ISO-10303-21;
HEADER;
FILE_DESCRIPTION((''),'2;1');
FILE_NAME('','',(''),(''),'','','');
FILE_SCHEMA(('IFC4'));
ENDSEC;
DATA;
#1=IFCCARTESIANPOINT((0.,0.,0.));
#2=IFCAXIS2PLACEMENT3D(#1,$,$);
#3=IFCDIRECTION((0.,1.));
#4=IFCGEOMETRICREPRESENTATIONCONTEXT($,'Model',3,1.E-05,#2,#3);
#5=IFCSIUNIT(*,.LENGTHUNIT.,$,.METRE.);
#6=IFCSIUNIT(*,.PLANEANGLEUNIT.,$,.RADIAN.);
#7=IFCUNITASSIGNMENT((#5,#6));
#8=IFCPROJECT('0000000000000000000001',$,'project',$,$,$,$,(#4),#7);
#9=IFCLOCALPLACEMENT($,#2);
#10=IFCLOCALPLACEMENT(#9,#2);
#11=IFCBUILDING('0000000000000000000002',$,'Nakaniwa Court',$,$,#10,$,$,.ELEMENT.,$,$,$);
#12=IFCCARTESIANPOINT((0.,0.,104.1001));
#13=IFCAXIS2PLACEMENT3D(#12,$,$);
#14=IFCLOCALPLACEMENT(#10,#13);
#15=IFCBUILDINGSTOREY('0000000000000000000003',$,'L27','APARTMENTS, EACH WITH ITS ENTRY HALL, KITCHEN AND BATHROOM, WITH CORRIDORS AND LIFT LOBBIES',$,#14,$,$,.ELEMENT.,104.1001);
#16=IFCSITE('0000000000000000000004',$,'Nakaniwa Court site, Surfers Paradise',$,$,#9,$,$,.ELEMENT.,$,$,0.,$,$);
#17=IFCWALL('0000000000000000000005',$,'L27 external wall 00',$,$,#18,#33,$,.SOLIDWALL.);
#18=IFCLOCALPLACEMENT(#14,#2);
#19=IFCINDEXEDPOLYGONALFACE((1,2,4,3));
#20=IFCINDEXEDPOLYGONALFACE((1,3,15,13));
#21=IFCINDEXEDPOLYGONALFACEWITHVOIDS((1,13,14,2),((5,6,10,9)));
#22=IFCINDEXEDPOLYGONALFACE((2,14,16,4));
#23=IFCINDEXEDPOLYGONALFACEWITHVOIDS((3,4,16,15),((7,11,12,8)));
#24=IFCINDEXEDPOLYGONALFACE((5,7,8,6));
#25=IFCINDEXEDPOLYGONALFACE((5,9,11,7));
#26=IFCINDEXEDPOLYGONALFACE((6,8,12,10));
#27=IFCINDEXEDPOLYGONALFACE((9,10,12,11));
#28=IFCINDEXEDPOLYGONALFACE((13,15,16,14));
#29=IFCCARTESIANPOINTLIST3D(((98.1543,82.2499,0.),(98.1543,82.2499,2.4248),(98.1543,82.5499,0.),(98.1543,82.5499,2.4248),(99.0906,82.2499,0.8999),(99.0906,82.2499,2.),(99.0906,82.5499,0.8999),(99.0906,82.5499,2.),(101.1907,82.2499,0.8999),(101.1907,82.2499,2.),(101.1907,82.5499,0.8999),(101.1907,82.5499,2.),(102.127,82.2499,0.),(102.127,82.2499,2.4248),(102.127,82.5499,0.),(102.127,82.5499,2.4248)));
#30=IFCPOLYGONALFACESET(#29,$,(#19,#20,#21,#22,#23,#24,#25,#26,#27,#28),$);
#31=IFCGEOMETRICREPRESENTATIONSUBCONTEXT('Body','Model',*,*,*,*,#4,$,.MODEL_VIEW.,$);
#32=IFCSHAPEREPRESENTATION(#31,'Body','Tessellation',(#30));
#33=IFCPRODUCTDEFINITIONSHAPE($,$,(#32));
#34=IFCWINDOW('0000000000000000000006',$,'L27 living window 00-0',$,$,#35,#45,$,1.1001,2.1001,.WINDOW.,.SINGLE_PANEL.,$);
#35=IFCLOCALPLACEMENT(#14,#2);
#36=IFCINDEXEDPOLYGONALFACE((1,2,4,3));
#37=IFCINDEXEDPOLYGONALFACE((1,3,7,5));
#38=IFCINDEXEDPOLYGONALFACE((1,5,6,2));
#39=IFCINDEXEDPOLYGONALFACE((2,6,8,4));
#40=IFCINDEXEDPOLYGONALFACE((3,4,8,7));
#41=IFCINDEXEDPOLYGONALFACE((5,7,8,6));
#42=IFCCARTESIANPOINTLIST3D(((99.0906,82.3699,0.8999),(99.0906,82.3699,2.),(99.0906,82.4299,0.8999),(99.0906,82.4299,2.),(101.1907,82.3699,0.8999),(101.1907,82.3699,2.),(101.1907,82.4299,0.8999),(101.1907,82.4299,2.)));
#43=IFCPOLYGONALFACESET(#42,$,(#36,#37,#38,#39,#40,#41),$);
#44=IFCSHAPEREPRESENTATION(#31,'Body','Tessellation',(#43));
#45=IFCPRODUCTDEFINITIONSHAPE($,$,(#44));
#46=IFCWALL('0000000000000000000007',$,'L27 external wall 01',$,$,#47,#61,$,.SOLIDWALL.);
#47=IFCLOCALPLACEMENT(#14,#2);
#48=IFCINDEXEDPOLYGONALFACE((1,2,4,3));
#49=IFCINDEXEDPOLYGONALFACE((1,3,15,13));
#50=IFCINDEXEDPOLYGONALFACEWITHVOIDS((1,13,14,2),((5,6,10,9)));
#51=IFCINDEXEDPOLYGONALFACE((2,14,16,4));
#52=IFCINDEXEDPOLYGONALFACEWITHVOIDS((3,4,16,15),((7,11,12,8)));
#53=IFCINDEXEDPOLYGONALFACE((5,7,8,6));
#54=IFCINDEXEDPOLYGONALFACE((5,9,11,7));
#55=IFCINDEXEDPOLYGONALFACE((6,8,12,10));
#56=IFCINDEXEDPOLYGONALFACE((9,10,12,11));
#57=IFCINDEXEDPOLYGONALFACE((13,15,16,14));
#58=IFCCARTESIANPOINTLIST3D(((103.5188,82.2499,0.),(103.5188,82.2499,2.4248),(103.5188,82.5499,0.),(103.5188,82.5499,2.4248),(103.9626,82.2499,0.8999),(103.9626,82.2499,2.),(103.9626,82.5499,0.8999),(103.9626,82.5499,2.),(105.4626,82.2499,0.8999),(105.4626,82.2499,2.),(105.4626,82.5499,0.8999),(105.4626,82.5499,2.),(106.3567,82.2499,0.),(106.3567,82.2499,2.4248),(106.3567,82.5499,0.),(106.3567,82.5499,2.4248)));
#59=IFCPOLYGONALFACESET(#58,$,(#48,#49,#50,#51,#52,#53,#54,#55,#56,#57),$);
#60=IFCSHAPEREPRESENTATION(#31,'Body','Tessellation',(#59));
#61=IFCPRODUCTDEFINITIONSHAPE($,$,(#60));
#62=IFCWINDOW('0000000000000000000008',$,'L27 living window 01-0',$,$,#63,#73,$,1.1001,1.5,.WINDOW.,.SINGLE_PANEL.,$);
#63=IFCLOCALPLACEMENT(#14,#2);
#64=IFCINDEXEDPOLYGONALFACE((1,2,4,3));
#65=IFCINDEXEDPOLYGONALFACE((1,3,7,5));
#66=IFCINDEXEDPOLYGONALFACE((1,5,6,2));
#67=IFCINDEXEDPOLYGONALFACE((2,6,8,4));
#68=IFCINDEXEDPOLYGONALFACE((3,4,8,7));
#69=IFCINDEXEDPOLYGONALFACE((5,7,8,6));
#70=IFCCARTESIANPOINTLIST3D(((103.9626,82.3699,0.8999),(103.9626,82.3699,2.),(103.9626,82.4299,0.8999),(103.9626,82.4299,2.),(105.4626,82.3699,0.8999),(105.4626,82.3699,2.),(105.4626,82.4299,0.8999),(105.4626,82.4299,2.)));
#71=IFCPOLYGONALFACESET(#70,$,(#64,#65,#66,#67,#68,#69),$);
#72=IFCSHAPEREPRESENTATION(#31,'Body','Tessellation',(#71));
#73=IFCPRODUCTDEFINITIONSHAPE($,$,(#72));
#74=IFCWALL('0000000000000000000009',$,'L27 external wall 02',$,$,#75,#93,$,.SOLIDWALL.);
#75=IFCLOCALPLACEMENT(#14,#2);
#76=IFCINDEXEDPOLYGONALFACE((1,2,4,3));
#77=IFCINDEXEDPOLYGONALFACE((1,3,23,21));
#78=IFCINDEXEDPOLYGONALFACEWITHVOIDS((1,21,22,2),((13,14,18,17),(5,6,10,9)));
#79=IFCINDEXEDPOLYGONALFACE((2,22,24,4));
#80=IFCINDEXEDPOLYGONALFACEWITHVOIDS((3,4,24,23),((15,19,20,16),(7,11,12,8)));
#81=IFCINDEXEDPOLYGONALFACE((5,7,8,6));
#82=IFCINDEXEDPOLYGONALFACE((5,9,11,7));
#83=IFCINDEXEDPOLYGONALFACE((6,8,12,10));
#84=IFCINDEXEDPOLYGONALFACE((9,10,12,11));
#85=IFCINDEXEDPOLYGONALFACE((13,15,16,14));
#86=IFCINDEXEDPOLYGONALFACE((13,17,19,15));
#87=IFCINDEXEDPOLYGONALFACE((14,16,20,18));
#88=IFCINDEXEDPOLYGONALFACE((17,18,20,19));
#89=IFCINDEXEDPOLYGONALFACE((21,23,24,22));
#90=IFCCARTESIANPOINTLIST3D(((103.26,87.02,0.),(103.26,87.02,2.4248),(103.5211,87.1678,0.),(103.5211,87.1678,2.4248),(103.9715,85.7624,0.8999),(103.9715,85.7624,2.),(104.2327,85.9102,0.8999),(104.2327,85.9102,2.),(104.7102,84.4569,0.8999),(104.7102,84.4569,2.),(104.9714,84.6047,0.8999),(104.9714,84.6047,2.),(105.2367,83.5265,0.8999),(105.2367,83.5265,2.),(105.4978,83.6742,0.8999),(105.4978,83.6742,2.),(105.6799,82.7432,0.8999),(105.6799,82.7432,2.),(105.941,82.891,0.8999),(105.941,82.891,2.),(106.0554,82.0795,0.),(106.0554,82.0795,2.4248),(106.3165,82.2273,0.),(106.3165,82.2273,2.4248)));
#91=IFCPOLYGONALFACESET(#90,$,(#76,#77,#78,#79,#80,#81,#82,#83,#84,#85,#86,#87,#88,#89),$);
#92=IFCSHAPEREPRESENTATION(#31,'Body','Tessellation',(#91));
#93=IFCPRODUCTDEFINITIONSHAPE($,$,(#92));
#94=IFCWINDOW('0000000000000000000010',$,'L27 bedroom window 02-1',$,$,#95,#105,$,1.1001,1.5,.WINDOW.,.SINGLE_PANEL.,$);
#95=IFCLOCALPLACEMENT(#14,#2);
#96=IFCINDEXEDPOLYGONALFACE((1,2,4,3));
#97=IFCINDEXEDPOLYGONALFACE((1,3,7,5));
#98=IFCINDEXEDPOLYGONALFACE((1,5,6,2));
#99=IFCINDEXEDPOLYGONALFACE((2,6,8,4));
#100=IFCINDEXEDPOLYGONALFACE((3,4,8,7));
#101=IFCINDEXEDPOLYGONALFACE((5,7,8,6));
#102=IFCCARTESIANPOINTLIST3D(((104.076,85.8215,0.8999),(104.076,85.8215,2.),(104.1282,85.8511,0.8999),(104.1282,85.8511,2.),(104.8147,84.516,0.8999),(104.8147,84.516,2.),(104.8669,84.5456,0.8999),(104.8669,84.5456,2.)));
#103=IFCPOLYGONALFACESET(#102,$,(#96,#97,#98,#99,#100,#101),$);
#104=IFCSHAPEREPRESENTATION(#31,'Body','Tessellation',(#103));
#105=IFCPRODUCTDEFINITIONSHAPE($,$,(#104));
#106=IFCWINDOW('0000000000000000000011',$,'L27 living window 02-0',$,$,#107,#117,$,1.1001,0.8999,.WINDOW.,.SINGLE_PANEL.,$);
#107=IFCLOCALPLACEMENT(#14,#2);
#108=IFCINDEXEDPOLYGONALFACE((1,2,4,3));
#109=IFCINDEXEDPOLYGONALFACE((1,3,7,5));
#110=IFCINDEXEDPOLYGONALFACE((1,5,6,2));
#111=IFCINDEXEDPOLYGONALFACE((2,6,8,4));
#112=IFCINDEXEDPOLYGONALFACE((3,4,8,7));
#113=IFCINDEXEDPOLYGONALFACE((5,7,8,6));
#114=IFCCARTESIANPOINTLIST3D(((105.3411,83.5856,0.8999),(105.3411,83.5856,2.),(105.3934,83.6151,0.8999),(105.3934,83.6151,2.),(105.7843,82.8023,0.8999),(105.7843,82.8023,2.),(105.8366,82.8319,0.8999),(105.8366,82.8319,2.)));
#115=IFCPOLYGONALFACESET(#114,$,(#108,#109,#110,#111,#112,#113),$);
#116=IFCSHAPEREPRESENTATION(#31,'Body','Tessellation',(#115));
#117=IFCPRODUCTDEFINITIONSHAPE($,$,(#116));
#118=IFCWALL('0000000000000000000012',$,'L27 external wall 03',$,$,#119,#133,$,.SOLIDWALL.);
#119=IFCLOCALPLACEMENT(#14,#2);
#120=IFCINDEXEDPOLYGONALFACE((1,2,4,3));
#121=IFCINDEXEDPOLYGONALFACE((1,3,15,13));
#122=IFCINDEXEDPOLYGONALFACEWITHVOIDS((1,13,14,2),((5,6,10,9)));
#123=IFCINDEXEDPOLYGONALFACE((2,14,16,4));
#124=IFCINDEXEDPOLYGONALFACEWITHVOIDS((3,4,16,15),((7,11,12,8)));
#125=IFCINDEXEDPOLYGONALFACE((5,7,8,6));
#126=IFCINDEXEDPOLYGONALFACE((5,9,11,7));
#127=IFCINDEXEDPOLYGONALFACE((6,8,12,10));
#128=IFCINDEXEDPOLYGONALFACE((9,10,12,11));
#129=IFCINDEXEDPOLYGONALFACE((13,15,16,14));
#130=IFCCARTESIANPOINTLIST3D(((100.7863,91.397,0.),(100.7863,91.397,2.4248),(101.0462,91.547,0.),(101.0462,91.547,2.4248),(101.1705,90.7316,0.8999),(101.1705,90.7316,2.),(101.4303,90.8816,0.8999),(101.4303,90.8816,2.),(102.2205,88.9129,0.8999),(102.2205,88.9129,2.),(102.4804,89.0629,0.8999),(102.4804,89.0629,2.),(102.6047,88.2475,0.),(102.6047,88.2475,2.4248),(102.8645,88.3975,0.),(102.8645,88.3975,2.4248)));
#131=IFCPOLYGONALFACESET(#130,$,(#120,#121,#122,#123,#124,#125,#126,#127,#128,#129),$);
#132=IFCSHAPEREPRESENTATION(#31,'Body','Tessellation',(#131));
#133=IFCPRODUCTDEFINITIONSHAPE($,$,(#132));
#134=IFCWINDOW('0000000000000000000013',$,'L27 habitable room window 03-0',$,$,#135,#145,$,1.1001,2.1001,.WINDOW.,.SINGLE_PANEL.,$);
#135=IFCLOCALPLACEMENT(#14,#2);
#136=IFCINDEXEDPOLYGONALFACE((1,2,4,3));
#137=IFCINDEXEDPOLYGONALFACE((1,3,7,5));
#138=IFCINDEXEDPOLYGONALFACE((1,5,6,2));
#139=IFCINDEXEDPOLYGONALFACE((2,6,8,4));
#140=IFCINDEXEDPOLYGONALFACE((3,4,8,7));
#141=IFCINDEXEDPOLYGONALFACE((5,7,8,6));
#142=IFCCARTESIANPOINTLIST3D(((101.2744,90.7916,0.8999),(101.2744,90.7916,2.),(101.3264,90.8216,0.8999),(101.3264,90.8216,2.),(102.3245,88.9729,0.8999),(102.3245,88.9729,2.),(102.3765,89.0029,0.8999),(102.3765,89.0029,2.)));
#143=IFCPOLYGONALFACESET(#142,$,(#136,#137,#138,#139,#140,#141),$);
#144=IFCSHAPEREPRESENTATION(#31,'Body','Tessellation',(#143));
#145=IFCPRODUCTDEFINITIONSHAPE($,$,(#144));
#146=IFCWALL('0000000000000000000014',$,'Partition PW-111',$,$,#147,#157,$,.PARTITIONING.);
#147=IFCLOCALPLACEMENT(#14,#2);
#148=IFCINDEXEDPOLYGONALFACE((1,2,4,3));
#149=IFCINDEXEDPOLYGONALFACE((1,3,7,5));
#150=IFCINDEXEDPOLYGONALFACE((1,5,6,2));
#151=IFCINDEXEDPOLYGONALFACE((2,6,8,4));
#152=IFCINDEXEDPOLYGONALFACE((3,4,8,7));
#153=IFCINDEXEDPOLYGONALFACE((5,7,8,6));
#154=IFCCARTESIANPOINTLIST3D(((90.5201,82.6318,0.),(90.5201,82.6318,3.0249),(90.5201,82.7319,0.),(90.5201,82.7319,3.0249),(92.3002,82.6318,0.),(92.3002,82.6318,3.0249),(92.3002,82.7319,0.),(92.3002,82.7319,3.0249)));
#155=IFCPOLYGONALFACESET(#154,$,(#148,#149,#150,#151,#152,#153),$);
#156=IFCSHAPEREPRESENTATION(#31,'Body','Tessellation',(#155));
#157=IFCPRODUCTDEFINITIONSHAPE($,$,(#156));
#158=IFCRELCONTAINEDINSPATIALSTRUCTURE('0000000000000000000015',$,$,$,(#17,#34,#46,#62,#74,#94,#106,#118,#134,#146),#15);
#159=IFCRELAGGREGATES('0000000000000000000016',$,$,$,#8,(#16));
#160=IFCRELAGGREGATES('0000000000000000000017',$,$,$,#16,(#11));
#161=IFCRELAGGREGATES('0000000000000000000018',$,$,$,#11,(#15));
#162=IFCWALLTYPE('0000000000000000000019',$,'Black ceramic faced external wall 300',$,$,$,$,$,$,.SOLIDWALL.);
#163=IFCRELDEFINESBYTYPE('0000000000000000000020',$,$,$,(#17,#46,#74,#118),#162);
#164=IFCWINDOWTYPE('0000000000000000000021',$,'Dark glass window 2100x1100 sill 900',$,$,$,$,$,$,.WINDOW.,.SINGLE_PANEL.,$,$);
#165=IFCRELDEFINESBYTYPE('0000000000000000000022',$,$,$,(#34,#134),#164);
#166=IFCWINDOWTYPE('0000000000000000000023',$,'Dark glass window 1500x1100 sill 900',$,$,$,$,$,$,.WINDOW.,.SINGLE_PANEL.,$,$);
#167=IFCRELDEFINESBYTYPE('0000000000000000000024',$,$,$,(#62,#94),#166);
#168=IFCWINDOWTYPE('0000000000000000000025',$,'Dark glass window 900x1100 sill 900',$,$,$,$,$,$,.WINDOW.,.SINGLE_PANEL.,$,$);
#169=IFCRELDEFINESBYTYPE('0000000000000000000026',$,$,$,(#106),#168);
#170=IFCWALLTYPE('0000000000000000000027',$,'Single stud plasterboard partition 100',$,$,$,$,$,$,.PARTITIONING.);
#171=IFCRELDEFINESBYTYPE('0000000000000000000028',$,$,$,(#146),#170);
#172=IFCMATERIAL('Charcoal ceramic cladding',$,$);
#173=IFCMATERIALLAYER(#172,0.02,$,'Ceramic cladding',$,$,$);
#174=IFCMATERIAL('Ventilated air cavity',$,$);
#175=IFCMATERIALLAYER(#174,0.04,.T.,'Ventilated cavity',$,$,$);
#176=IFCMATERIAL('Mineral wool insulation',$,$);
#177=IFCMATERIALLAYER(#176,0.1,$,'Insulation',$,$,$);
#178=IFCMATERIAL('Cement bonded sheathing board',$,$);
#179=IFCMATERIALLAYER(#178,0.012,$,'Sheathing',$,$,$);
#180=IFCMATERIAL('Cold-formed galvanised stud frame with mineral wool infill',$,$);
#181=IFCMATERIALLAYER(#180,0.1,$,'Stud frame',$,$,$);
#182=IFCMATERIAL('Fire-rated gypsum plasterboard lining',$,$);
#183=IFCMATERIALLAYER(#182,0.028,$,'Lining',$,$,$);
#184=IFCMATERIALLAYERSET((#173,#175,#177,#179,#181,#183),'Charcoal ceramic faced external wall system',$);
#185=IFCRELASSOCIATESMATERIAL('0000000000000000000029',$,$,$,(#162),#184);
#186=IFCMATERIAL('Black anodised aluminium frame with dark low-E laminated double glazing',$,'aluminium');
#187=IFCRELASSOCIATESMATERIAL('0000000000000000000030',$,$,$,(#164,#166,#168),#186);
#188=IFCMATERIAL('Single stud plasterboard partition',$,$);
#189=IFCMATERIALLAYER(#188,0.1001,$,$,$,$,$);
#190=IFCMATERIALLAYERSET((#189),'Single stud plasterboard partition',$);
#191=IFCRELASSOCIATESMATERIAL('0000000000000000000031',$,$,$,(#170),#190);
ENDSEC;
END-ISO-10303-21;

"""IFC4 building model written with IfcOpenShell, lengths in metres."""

from ifc_helpers import new_model, si_unit, direction, frame, frame_2d, origin, place, context, subcontext, project, spatial, rectangle, extrude, material, layer, layer_set, type_object, element, fill, save


model = new_model("IFC4")

# Units and contexts
model_context = context("Model", 3, precision=1e-05, world=origin(), true_north=direction((0.0, 1.0)))
body_context = subcontext(model_context, "Body", "Model", "MODEL_VIEW")
ifc_project = project(units=[si_unit("LENGTHUNIT", "METRE"), si_unit("PLANEANGLEUNIT", "RADIAN")], contexts=[model_context])

# Site, building, storey
site_placement = place(None, origin())
site = spatial("IfcSite", under=ifc_project, at=site_placement, Name="Nakaniwa Court site, Surfers Paradise", CompositionType="ELEMENT", RefElevation=0.0)
building_placement = place(site_placement, origin())
building = spatial("IfcBuilding", under=site, at=building_placement, Name="Nakaniwa Court", CompositionType="ELEMENT")
storey_placement = place(building_placement, frame((0.0, 0.0, 104.1001)))
storey = spatial("IfcBuildingStorey", under=building, at=storey_placement, Name="L27", Description="APARTMENTS, EACH WITH ITS ENTRY HALL, KITCHEN AND BATHROOM, WITH CORRIDORS AND LIFT LOBBIES", CompositionType="ELEMENT", Elevation=104.1001)

# Walls, openings, windows
ifc_material_1 = material(Name="Charcoal ceramic cladding")
ifc_layer_1 = layer(ifc_material_1, 0.02, Name="Ceramic cladding")
ifc_material_2 = material(Name="Ventilated air cavity")
ifc_layer_2 = layer(ifc_material_2, 0.04, ventilated=True, Name="Ventilated cavity")
ifc_material_3 = material(Name="Mineral wool insulation")
ifc_layer_3 = layer(ifc_material_3, 0.1, Name="Insulation")
ifc_material_4 = material(Name="Cement bonded sheathing board")
ifc_layer_4 = layer(ifc_material_4, 0.012, Name="Sheathing")
ifc_material_5 = material(Name="Cold-formed galvanised stud frame with mineral wool infill")
ifc_layer_5 = layer(ifc_material_5, 0.1, Name="Stud frame")
ifc_material_6 = material(Name="Fire-rated gypsum plasterboard lining")
ifc_layer_6 = layer(ifc_material_6, 0.028, Name="Lining")
ifc_layer_set_1 = layer_set([ifc_layer_1, ifc_layer_2, ifc_layer_3, ifc_layer_4, ifc_layer_5, ifc_layer_6], Name="Charcoal ceramic faced external wall system")
wall_type_1 = type_object("IfcWallType", Name="Black ceramic faced external wall 300", PredefinedType="SOLIDWALL", material=ifc_layer_set_1)
wall_1_placement = place(storey_placement, frame((98.1543, 82.3999, 0.0), z_axis=(0.0, 0.0, 1.0), x_axis=(1.0, 0.0, 0.0)))
wall_1 = element("IfcWall", 1, at=wall_1_placement, inside=storey, type_object=wall_type_1, Name="L27 external wall 00", PredefinedType="SOLIDWALL", context=body_context, shape_type="SweptSolid", body=[
    extrude(rectangle(XDim=3.9727, YDim=0.3, at=frame_2d((1.9863, 0.0))), origin(), (0.0, 0.0, 1.0), 2.4248),
])
opening_1_placement = place(wall_1_placement, frame((0.9363, 0.0, 0.8999)))
opening_1 = element("IfcOpeningElement", 2, at=opening_1_placement, cuts=wall_1, PredefinedType="OPENING", context=body_context, shape_type="SweptSolid", body=[
    extrude(rectangle(XDim=2.1001, YDim=1.1001, at=frame_2d((1.05, 0.55))), frame((0.0, 0.1599, 0.0), z_axis=(0.0, -1.0, 0.0), x_axis=(1.0, 0.0, 0.0)), (0.0, 0.0, 1.0), 0.3201),
])
ifc_material_7 = material(Name="Black anodised aluminium frame with dark low-E laminated double glazing", Category="aluminium")
window_type_1 = type_object("IfcWindowType", Name="Dark glass window 2100x1100 sill 900", PartitioningType="SINGLE_PANEL", PredefinedType="WINDOW", material=ifc_material_7)
window_1_placement = place(opening_1_placement, origin())
window_1 = element("IfcWindow", 3, at=window_1_placement, inside=storey, type_object=window_type_1, Name="L27 living window 00-0", OverallHeight=1.1001, OverallWidth=2.1001, PartitioningType="SINGLE_PANEL", PredefinedType="WINDOW", context=body_context, shape_type="SweptSolid", body=[
    extrude(rectangle(XDim=2.1001, YDim=1.1001, at=frame_2d((1.05, 0.55))), frame((0.0, 0.03, 0.0), z_axis=(0.0, -1.0, 0.0), x_axis=(1.0, 0.0, 0.0)), (0.0, 0.0, 1.0), 0.0601),
])
fill(opening_1, window_1)
wall_2_placement = place(storey_placement, frame((103.5188, 82.3999, 0.0), z_axis=(0.0, 0.0, 1.0), x_axis=(1.0, 0.0, 0.0)))
wall_2 = element("IfcWall", 4, at=wall_2_placement, inside=storey, type_object=wall_type_1, Name="L27 external wall 01", PredefinedType="SOLIDWALL", context=body_context, shape_type="SweptSolid", body=[
    extrude(rectangle(XDim=2.8379, YDim=0.3, at=frame_2d((1.4189, 0.0))), origin(), (0.0, 0.0, 1.0), 2.4248),
])
opening_2_placement = place(wall_2_placement, frame((0.4438, 0.0, 0.8999)))
opening_2 = element("IfcOpeningElement", 5, at=opening_2_placement, cuts=wall_2, PredefinedType="OPENING", context=body_context, shape_type="SweptSolid", body=[
    extrude(rectangle(XDim=1.5, YDim=1.1001, at=frame_2d((0.75, 0.55))), frame((0.0, 0.1599, 0.0), z_axis=(0.0, -1.0, 0.0), x_axis=(1.0, 0.0, 0.0)), (0.0, 0.0, 1.0), 0.3201),
])
window_type_2 = type_object("IfcWindowType", Name="Dark glass window 1500x1100 sill 900", PartitioningType="SINGLE_PANEL", PredefinedType="WINDOW", material=ifc_material_7)
window_2_placement = place(opening_2_placement, origin())
window_2 = element("IfcWindow", 6, at=window_2_placement, inside=storey, type_object=window_type_2, Name="L27 living window 01-0", OverallHeight=1.1001, OverallWidth=1.5, PartitioningType="SINGLE_PANEL", PredefinedType="WINDOW", context=body_context, shape_type="SweptSolid", body=[
    extrude(rectangle(XDim=1.5, YDim=1.1001, at=frame_2d((0.75, 0.55))), frame((0.0, 0.03, 0.0), z_axis=(0.0, -1.0, 0.0), x_axis=(1.0, 0.0, 0.0)), (0.0, 0.0, 1.0), 0.0601),
])
fill(opening_2, window_2)

# Wall, openings, windows
wall_3_placement = place(storey_placement, frame((106.186, 82.1533, 0.0), z_axis=(0.0, 0.0, 1.0), x_axis=(-0.492457, 0.870337, 0.0)))
wall_3 = element("IfcWall", 7, at=wall_3_placement, inside=storey, type_object=wall_type_1, Name="L27 external wall 02", PredefinedType="SOLIDWALL", context=body_context, shape_type="SweptSolid", body=[
    extrude(rectangle(XDim=5.6765, YDim=0.3, at=frame_2d((2.8384, 0.0))), origin(), (0.0, 0.0, 1.0), 2.4248),
])
opening_3_placement = place(wall_3_placement, frame((0.7627, 0.0, 0.8999)))
opening_3 = element("IfcOpeningElement", 8, at=opening_3_placement, cuts=wall_3, PredefinedType="OPENING", context=body_context, shape_type="SweptSolid", body=[
    extrude(rectangle(XDim=0.8999, YDim=1.1001, at=frame_2d((0.45, 0.55))), frame((0.0, 0.1599, 0.0), z_axis=(0.0, -1.0, 0.0), x_axis=(1.0, 0.0, 0.0)), (0.0, 0.0, 1.0), 0.3201),
])
opening_4_placement = place(wall_3_placement, frame((2.7317, 0.0, 0.8999)))
opening_4 = element("IfcOpeningElement", 9, at=opening_4_placement, cuts=wall_3, PredefinedType="OPENING", context=body_context, shape_type="SweptSolid", body=[
    extrude(rectangle(XDim=1.5, YDim=1.1001, at=frame_2d((0.75, 0.55))), frame((0.0, 0.1599, 0.0), z_axis=(0.0, -1.0, 0.0), x_axis=(1.0, 0.0, 0.0)), (0.0, 0.0, 1.0), 0.3201),
])
window_3_placement = place(opening_4_placement, origin())
window_3 = element("IfcWindow", 10, at=window_3_placement, inside=storey, type_object=window_type_2, Name="L27 bedroom window 02-1", OverallHeight=1.1001, OverallWidth=1.5, PartitioningType="SINGLE_PANEL", PredefinedType="WINDOW", context=body_context, shape_type="SweptSolid", body=[
    extrude(rectangle(XDim=1.5, YDim=1.1001, at=frame_2d((0.75, 0.55))), frame((0.0, 0.03, 0.0), z_axis=(0.0, -1.0, 0.0), x_axis=(1.0, 0.0, 0.0)), (0.0, 0.0, 1.0), 0.0601),
])
fill(opening_4, window_3)
window_type_3 = type_object("IfcWindowType", Name="Dark glass window 900x1100 sill 900", PartitioningType="SINGLE_PANEL", PredefinedType="WINDOW", material=ifc_material_7)
window_4_placement = place(opening_3_placement, origin())
window_4 = element("IfcWindow", 11, at=window_4_placement, inside=storey, type_object=window_type_3, Name="L27 living window 02-0", OverallHeight=1.1001, OverallWidth=0.8999, PartitioningType="SINGLE_PANEL", PredefinedType="WINDOW", context=body_context, shape_type="SweptSolid", body=[
    extrude(rectangle(XDim=0.8999, YDim=1.1001, at=frame_2d((0.45, 0.55))), frame((0.0, 0.03, 0.0), z_axis=(0.0, -1.0, 0.0), x_axis=(1.0, 0.0, 0.0)), (0.0, 0.0, 1.0), 0.0601),
])
fill(opening_3, window_4)

# Wall, opening, window
wall_4_placement = place(storey_placement, frame((102.7346, 88.3225, 0.0), z_axis=(0.0, 0.0, 1.0), x_axis=(-0.500009, 0.86602, 0.0)))
wall_4 = element("IfcWall", 12, at=wall_4_placement, inside=storey, type_object=wall_type_1, Name="L27 external wall 03", PredefinedType="SOLIDWALL", context=body_context, shape_type="SweptSolid", body=[
    extrude(rectangle(XDim=3.6367, YDim=0.3, at=frame_2d((1.8184, 0.0))), origin(), (0.0, 0.0, 1.0), 2.4248),
])
opening_5_placement = place(wall_4_placement, frame((0.7683, 0.0, 0.8999)))
opening_5 = element("IfcOpeningElement", 13, at=opening_5_placement, cuts=wall_4, PredefinedType="OPENING", context=body_context, shape_type="SweptSolid", body=[
    extrude(rectangle(XDim=2.1001, YDim=1.1001, at=frame_2d((1.05, 0.55))), frame((0.0, 0.1599, 0.0), z_axis=(0.0, -1.0, 0.0), x_axis=(1.0, 0.0, 0.0)), (0.0, 0.0, 1.0), 0.3201),
])
window_5_placement = place(opening_5_placement, origin())
window_5 = element("IfcWindow", 14, at=window_5_placement, inside=storey, type_object=window_type_1, Name="L27 habitable room window 03-0", OverallHeight=1.1001, OverallWidth=2.1001, PartitioningType="SINGLE_PANEL", PredefinedType="WINDOW", context=body_context, shape_type="SweptSolid", body=[
    extrude(rectangle(XDim=2.1001, YDim=1.1001, at=frame_2d((1.05, 0.55))), frame((0.0, 0.03, 0.0), z_axis=(0.0, -1.0, 0.0), x_axis=(1.0, 0.0, 0.0)), (0.0, 0.0, 1.0), 0.0601),
])
fill(opening_5, window_5)

# Wall
ifc_material_8 = material(Name="Single stud plasterboard partition")
ifc_layer_7 = layer(ifc_material_8, 0.1001)
ifc_layer_set_2 = layer_set([ifc_layer_7], Name="Single stud plasterboard partition")
wall_type_2 = type_object("IfcWallType", Name="Single stud plasterboard partition 100", PredefinedType="PARTITIONING", material=ifc_layer_set_2)
wall_5_placement = place(storey_placement, frame((90.52, 82.6819, 0.0), z_axis=(0.0, 0.0, 1.0), x_axis=(1.0, 0.0, 0.0)))
element("IfcWall", 15, at=wall_5_placement, inside=storey, type_object=wall_type_2, Name="Partition PW-111", PredefinedType="PARTITIONING", context=body_context, shape_type="SweptSolid", body=[
    extrude(rectangle(XDim=1.78, YDim=0.1001, at=frame_2d((0.8901, 0.0))), origin(), (0.0, 0.0, 1.0), 3.0249),
])

save(model, "model.ifc")
